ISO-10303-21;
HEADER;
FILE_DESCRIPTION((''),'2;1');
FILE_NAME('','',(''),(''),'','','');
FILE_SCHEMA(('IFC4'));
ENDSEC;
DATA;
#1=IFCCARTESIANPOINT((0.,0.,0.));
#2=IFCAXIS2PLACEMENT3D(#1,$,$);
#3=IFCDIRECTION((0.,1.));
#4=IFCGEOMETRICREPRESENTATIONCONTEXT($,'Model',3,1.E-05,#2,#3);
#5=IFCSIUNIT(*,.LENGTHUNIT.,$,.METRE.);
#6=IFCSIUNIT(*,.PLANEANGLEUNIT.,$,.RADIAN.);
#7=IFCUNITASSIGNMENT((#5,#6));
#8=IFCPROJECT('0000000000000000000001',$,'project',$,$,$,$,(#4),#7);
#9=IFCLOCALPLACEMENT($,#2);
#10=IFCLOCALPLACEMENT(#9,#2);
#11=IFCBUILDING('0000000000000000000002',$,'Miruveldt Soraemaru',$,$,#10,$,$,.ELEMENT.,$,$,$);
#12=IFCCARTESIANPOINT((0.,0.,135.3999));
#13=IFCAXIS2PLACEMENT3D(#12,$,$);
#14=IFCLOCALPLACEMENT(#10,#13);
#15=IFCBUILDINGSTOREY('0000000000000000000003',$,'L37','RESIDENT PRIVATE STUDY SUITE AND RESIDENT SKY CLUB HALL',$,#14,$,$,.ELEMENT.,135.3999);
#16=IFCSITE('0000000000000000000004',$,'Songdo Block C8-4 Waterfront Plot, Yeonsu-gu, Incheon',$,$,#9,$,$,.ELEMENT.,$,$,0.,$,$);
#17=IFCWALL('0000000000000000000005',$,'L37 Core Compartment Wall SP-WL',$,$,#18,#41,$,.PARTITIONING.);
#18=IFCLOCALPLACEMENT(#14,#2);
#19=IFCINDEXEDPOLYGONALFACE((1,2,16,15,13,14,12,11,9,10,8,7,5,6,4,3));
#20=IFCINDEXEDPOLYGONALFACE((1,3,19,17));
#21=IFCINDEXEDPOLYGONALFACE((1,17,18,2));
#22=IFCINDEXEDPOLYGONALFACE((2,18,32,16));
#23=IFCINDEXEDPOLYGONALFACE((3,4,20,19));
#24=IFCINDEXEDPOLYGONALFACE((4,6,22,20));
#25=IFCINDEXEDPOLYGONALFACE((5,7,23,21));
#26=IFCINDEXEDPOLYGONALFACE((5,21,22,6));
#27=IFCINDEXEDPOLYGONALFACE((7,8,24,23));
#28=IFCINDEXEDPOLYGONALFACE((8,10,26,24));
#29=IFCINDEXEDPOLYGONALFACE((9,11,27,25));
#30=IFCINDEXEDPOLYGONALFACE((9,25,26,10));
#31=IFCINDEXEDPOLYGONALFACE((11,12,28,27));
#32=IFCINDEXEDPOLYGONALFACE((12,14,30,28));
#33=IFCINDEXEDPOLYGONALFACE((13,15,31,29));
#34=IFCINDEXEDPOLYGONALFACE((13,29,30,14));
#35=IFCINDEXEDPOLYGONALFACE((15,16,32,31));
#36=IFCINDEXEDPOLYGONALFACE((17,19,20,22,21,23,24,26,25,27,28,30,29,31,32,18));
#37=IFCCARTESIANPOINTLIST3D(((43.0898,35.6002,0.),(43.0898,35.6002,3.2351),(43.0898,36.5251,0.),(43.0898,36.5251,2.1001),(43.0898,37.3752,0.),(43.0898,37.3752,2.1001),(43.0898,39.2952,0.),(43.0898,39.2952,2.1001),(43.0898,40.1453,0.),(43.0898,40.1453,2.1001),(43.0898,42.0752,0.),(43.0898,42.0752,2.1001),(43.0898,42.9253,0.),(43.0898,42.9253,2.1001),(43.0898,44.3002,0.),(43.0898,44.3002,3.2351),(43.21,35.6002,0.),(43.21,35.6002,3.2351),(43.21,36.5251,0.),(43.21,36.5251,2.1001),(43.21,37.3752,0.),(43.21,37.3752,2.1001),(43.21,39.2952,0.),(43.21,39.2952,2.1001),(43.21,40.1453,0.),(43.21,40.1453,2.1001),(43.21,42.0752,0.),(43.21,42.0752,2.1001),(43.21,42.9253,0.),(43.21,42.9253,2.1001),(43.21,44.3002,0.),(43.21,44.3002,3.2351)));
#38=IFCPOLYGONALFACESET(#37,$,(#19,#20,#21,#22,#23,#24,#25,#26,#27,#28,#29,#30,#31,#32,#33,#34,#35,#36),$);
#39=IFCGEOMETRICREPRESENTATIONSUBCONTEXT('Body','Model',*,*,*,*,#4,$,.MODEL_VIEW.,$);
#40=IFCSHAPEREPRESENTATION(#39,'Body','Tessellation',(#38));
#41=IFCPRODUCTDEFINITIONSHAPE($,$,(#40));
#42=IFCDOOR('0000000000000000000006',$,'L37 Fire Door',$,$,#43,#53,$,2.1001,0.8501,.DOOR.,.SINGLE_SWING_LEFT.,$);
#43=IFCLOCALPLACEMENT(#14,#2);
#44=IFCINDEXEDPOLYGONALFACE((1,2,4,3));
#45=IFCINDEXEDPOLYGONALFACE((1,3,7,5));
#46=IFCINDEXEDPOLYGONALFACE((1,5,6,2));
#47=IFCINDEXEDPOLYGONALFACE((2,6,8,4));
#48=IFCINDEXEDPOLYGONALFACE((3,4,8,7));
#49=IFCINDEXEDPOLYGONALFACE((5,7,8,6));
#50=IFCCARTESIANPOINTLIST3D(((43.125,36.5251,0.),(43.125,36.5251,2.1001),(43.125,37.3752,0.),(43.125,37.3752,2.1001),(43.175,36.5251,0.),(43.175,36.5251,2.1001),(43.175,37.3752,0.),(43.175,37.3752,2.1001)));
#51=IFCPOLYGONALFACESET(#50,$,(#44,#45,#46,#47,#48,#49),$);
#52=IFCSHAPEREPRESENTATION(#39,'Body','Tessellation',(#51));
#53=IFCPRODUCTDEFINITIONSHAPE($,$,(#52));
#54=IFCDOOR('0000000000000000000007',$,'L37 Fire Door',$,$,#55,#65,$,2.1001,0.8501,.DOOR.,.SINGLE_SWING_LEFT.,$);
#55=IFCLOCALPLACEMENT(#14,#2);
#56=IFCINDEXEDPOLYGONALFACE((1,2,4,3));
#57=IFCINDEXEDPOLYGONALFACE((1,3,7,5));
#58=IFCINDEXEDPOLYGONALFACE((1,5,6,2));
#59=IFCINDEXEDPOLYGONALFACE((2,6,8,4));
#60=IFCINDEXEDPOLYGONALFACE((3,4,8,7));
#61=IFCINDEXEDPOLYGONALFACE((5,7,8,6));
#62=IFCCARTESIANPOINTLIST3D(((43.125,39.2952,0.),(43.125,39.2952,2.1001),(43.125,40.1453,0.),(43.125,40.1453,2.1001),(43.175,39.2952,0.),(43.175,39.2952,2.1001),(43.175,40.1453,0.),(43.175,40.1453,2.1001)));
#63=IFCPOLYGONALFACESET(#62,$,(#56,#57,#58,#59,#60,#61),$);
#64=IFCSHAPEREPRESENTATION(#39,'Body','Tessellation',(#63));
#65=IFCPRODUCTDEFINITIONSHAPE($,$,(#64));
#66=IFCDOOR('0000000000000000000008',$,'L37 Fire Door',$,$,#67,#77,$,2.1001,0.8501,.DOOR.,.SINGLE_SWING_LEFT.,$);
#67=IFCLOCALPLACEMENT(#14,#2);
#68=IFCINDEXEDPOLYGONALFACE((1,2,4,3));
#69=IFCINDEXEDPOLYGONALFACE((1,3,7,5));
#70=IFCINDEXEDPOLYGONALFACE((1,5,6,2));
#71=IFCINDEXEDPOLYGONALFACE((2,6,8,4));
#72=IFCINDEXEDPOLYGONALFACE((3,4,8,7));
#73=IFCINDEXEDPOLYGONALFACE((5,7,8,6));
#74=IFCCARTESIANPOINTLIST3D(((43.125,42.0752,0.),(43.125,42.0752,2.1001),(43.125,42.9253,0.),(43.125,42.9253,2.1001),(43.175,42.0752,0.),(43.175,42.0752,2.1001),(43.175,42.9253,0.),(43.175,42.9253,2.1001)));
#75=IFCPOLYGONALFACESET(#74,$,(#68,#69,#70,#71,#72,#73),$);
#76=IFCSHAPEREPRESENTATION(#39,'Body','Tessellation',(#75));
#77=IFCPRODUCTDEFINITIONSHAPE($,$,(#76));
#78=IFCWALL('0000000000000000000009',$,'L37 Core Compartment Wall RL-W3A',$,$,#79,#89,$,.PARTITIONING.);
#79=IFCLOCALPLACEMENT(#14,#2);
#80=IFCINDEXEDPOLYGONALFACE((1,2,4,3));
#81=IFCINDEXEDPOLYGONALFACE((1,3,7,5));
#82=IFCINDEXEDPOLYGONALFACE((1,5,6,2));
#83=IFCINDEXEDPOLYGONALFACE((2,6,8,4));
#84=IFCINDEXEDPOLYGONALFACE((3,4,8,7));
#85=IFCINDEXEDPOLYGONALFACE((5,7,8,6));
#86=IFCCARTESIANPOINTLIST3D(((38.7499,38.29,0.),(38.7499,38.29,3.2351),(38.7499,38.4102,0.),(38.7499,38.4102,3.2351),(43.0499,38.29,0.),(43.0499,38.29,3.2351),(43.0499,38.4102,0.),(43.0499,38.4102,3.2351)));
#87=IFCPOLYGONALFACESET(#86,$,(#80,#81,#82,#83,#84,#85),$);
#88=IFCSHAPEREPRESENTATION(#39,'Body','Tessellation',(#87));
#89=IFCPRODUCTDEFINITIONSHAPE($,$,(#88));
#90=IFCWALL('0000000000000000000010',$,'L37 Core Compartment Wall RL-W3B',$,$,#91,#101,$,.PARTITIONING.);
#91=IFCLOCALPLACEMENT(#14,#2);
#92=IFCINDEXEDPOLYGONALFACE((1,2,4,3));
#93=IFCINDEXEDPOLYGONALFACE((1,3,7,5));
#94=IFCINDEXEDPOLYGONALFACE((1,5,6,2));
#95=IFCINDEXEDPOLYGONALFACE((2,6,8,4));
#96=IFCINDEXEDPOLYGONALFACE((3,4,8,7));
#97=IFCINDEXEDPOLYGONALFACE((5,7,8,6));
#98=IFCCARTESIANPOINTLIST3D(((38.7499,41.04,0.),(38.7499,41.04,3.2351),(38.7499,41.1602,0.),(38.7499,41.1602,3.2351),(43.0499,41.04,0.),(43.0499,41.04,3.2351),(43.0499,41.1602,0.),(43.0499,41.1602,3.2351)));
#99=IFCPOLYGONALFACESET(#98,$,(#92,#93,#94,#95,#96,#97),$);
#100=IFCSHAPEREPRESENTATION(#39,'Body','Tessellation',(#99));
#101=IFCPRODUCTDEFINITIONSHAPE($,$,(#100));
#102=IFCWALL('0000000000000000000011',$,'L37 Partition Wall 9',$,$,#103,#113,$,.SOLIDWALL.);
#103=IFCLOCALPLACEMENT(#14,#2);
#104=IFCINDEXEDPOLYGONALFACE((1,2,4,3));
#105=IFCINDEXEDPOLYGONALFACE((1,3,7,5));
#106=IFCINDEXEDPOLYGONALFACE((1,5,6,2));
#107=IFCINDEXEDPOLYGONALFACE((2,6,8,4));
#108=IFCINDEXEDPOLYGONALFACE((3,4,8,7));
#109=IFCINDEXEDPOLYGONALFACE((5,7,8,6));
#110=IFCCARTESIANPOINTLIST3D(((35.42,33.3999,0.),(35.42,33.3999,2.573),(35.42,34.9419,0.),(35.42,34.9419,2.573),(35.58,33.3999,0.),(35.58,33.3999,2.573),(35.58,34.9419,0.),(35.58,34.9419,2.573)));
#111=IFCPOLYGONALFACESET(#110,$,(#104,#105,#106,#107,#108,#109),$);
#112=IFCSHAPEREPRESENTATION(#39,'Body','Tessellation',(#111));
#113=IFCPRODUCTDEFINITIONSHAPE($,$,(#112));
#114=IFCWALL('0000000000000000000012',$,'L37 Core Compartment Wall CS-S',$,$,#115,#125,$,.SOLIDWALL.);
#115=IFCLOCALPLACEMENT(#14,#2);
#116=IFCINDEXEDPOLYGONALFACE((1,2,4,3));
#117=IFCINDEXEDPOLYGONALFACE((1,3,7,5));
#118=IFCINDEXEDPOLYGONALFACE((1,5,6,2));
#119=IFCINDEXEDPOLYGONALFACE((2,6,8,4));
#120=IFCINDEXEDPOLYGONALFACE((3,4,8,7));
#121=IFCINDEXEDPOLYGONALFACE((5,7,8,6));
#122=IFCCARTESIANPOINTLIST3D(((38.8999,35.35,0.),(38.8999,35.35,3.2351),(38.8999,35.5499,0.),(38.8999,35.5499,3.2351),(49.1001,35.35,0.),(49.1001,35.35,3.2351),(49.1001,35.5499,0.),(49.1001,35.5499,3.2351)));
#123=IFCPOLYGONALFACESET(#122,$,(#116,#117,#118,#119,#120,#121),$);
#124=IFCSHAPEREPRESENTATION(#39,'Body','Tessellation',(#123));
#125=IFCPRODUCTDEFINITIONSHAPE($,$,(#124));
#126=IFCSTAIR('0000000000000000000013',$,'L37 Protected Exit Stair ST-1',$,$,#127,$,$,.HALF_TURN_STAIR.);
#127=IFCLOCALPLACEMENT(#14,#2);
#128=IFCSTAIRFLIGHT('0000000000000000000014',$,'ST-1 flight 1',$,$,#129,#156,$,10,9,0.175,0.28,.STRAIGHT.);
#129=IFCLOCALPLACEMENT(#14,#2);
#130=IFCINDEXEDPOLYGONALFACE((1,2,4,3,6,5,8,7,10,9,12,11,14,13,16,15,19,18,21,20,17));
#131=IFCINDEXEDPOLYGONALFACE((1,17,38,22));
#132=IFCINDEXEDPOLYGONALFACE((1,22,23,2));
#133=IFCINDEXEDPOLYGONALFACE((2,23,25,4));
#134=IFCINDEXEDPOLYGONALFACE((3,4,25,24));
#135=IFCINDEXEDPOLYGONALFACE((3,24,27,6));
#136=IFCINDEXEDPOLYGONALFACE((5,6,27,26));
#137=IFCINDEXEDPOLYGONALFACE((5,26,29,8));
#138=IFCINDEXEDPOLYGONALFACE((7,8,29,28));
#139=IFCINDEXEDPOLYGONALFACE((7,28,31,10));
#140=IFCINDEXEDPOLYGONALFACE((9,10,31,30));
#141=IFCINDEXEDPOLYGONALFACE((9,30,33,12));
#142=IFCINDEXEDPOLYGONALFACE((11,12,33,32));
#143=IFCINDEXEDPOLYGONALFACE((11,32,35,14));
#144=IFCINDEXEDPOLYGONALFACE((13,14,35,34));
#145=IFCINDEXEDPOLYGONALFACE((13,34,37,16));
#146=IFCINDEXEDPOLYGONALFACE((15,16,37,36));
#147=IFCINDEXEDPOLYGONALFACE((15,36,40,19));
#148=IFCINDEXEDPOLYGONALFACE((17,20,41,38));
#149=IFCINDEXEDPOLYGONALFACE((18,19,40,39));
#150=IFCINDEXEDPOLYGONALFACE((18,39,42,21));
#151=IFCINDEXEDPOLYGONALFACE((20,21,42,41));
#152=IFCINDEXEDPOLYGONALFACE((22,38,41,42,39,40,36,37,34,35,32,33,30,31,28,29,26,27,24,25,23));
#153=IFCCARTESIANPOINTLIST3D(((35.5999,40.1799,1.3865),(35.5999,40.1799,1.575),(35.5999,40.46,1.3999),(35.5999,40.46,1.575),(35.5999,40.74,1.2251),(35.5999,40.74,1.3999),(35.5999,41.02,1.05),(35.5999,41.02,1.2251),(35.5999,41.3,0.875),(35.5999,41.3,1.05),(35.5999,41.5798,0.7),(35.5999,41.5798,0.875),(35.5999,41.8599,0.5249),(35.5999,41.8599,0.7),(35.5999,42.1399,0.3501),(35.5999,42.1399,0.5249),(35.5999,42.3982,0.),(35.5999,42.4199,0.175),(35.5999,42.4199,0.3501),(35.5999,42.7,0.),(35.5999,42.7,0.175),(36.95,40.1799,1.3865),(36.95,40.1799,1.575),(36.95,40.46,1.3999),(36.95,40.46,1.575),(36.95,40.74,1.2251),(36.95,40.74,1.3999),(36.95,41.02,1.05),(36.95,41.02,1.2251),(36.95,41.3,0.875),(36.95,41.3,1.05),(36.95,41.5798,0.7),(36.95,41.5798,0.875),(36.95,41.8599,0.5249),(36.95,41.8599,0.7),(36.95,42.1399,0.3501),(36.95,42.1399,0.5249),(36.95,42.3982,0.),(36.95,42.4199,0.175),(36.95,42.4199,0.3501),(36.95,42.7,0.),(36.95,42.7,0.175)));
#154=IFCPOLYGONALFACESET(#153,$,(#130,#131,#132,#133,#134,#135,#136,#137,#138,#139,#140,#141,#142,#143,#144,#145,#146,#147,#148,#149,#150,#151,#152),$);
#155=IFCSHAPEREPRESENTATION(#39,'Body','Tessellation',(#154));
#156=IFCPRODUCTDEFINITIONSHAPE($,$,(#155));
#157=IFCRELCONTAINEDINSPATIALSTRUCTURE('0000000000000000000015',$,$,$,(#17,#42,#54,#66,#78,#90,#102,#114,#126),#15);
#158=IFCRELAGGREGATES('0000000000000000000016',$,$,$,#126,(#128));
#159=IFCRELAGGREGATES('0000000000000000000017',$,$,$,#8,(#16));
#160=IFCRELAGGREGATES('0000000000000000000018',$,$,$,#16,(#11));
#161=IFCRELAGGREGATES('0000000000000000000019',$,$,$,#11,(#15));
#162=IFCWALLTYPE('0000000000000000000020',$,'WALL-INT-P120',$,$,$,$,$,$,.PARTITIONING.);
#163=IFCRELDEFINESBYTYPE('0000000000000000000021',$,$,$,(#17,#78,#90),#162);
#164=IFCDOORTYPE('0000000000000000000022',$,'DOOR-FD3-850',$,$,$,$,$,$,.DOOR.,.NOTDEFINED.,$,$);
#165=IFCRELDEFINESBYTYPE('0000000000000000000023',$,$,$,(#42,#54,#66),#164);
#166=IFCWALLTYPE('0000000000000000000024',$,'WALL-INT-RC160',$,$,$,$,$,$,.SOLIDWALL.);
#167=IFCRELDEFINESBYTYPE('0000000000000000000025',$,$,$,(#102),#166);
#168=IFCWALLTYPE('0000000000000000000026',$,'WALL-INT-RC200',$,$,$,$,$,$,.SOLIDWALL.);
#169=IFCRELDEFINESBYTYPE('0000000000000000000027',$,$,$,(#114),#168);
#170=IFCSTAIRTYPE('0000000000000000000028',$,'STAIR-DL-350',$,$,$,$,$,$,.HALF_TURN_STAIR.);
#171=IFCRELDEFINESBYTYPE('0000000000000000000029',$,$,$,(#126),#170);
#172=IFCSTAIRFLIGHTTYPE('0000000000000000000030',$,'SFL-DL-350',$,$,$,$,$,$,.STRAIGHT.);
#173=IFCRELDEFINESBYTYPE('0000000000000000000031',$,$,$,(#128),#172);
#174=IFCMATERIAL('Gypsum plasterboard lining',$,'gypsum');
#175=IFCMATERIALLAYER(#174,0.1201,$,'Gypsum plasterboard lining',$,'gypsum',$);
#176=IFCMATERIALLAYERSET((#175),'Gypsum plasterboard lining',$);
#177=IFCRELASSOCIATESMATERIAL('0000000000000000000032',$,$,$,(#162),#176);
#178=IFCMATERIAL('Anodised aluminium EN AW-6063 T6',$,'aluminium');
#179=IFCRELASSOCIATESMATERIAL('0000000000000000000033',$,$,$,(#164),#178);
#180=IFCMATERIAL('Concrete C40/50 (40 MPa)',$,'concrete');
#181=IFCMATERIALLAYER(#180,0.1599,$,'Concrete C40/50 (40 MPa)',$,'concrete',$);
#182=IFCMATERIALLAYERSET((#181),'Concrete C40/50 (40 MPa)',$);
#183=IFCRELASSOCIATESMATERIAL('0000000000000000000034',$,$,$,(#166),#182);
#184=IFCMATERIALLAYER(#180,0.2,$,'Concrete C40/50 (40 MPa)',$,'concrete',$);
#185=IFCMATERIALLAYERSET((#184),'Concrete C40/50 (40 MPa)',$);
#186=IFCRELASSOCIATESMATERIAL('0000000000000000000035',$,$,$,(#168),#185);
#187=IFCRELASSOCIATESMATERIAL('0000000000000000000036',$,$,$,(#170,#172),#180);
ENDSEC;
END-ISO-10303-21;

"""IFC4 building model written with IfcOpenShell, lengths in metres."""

from ifc_helpers import new_model, si_unit, direction, frame, frame_2d, origin, place, context, subcontext, project, spatial, polyline, rectangle, outline, extrude, material, layer, layer_set, type_object, element, fill, aggregate, save


model = new_model("IFC4")

# Units and contexts
model_context = context("Model", 3, precision=1e-05, world=origin(), true_north=direction((0.0, 1.0)))
body_context = subcontext(model_context, "Body", "Model", "MODEL_VIEW")
ifc_project = project(units=[si_unit("LENGTHUNIT", "METRE"), si_unit("PLANEANGLEUNIT", "RADIAN")], contexts=[model_context])

# Site, building, storey
site_placement = place(None, origin())
site = spatial("IfcSite", under=ifc_project, at=site_placement, Name="Songdo Block C8-4 Waterfront Plot, Yeonsu-gu, Incheon", CompositionType="ELEMENT", RefElevation=0.0)
building_placement = place(site_placement, origin())
building = spatial("IfcBuilding", under=site, at=building_placement, Name="Miruveldt Soraemaru", CompositionType="ELEMENT")
storey_placement = place(building_placement, frame((0.0, 0.0, 135.3999)))
storey = spatial("IfcBuildingStorey", under=building, at=storey_placement, Name="L37", Description="RESIDENT PRIVATE STUDY SUITE AND RESIDENT SKY CLUB HALL", CompositionType="ELEMENT", Elevation=135.3999)

# Wall, openings, doors
ifc_material_1 = material(Name="Gypsum plasterboard lining", Category="gypsum")
ifc_layer_1 = layer(ifc_material_1, 0.1201, Name="Gypsum plasterboard lining", Category="gypsum")
ifc_layer_set_1 = layer_set([ifc_layer_1], Name="Gypsum plasterboard lining")
wall_type_1 = type_object("IfcWallType", Name="WALL-INT-P120", PredefinedType="PARTITIONING", material=ifc_layer_set_1)
wall_1_placement = place(storey_placement, frame((43.1499, 35.6001, 0.0), z_axis=(0.0, 0.0, 1.0), x_axis=(0.0, 1.0, 0.0)))
wall_1 = element("IfcWall", 1, at=wall_1_placement, inside=storey, type_object=wall_type_1, Name="L37 Core Compartment Wall SP-WL", PredefinedType="PARTITIONING", context=body_context, shape_type="SweptSolid", body=[
    extrude(rectangle(XDim=8.7, YDim=0.1201, at=frame_2d((4.3501, 0.0))), origin(), (0.0, 0.0, 1.0), 3.2351),
])
opening_1_placement = place(wall_1_placement, frame((0.925, 0.0, 0.0)))
opening_1 = element("IfcOpeningElement", 2, at=opening_1_placement, cuts=wall_1, PredefinedType="OPENING", context=body_context, shape_type="SweptSolid", body=[
    extrude(rectangle(XDim=0.8501, YDim=2.1001, at=frame_2d((0.425, 1.05))), frame((0.0, 0.0701, 0.0), z_axis=(0.0, -1.0, 0.0), x_axis=(1.0, 0.0, 0.0)), (0.0, 0.0, 1.0), 0.1401),
])
opening_2_placement = place(wall_1_placement, frame((3.6951, 0.0, 0.0)))
opening_2 = element("IfcOpeningElement", 3, at=opening_2_placement, cuts=wall_1, PredefinedType="OPENING", context=body_context, shape_type="SweptSolid", body=[
    extrude(rectangle(XDim=0.8501, YDim=2.1001, at=frame_2d((0.425, 1.05))), frame((0.0, 0.0701, 0.0), z_axis=(0.0, -1.0, 0.0), x_axis=(1.0, 0.0, 0.0)), (0.0, 0.0, 1.0), 0.1401),
])
opening_3_placement = place(wall_1_placement, frame((6.4751, 0.0, 0.0)))
opening_3 = element("IfcOpeningElement", 4, at=opening_3_placement, cuts=wall_1, PredefinedType="OPENING", context=body_context, shape_type="SweptSolid", body=[
    extrude(rectangle(XDim=0.8501, YDim=2.1001, at=frame_2d((0.425, 1.05))), frame((0.0, 0.0701, 0.0), z_axis=(0.0, -1.0, 0.0), x_axis=(1.0, 0.0, 0.0)), (0.0, 0.0, 1.0), 0.1401),
])
ifc_material_2 = material(Name="Anodised aluminium EN AW-6063 T6", Category="aluminium")
door_type = type_object("IfcDoorType", Name="DOOR-FD3-850", OperationType="NOTDEFINED", PredefinedType="DOOR", material=ifc_material_2)
door_1_placement = place(opening_1_placement, origin())
door_1 = element("IfcDoor", 5, at=door_1_placement, inside=storey, type_object=door_type, Name="L37 Fire Door", OperationType="SINGLE_SWING_LEFT", OverallHeight=2.1001, OverallWidth=0.8501, PredefinedType="DOOR", context=body_context, shape_type="SweptSolid", body=[
    extrude(rectangle(XDim=0.8501, YDim=2.1001, at=frame_2d((0.425, 1.05))), frame((0.0, 0.0249, 0.0), z_axis=(0.0, -1.0, 0.0), x_axis=(1.0, 0.0, 0.0)), (0.0, 0.0, 1.0), 0.05),
])
fill(opening_1, door_1)
door_2_placement = place(opening_2_placement, origin())
door_2 = element("IfcDoor", 6, at=door_2_placement, inside=storey, type_object=door_type, Name="L37 Fire Door", OperationType="SINGLE_SWING_LEFT", OverallHeight=2.1001, OverallWidth=0.8501, PredefinedType="DOOR", context=body_context, shape_type="SweptSolid", body=[
    extrude(rectangle(XDim=0.8501, YDim=2.1001, at=frame_2d((0.425, 1.05))), frame((0.0, 0.0249, 0.0), z_axis=(0.0, -1.0, 0.0), x_axis=(1.0, 0.0, 0.0)), (0.0, 0.0, 1.0), 0.05),
])
fill(opening_2, door_2)
door_3_placement = place(opening_3_placement, origin())
door_3 = element("IfcDoor", 7, at=door_3_placement, inside=storey, type_object=door_type, Name="L37 Fire Door", OperationType="SINGLE_SWING_LEFT", OverallHeight=2.1001, OverallWidth=0.8501, PredefinedType="DOOR", context=body_context, shape_type="SweptSolid", body=[
    extrude(rectangle(XDim=0.8501, YDim=2.1001, at=frame_2d((0.425, 1.05))), frame((0.0, 0.0249, 0.0), z_axis=(0.0, -1.0, 0.0), x_axis=(1.0, 0.0, 0.0)), (0.0, 0.0, 1.0), 0.05),
])
fill(opening_3, door_3)

# Walls
for number, where, z_axis, x_axis, name in (
    (8, (38.75, 38.3501, 0.0), (0.0, 0.0, 1.0), (1.0, 0.0, 0.0), "L37 Core Compartment Wall RL-W3A"),
    (9, (38.75, 41.1001, 0.0), (0.0, 0.0, 1.0), (1.0, 0.0, 0.0), "L37 Core Compartment Wall RL-W3B"),
):
    element("IfcWall", number, at=place(storey_placement, frame(where, z_axis=z_axis, x_axis=x_axis)), inside=storey, type_object=wall_type_1, Name=name, PredefinedType="PARTITIONING", context=body_context, shape_type="SweptSolid", body=[
        extrude(rectangle(XDim=4.3, YDim=0.1201, at=frame_2d((2.1499, 0.0))), origin(), (0.0, 0.0, 1.0), 3.2351),
    ])
ifc_material_3 = material(Name="Concrete C40/50 (40 MPa)", Category="concrete")
ifc_layer_2 = layer(ifc_material_3, 0.1599, Name="Concrete C40/50 (40 MPa)", Category="concrete")
ifc_layer_set_2 = layer_set([ifc_layer_2], Name="Concrete C40/50 (40 MPa)")
wall_type_2 = type_object("IfcWallType", Name="WALL-INT-RC160", PredefinedType="SOLIDWALL", material=ifc_layer_set_2)
wall_2_placement = place(storey_placement, frame((35.5, 33.3999, 0.0), z_axis=(0.0, 0.0, 1.0), x_axis=(0.0, 1.0, 0.0)))
element("IfcWall", 10, at=wall_2_placement, inside=storey, type_object=wall_type_2, Name="L37 Partition Wall 9", PredefinedType="SOLIDWALL", context=body_context, shape_type="SweptSolid", body=[
    extrude(rectangle(XDim=1.542, YDim=0.1599, at=frame_2d((0.771, 0.0))), origin(), (0.0, 0.0, 1.0), 2.573),
])
ifc_layer_3 = layer(ifc_material_3, 0.2, Name="Concrete C40/50 (40 MPa)", Category="concrete")
ifc_layer_set_3 = layer_set([ifc_layer_3], Name="Concrete C40/50 (40 MPa)")
wall_type_3 = type_object("IfcWallType", Name="WALL-INT-RC200", PredefinedType="SOLIDWALL", material=ifc_layer_set_3)
wall_3_placement = place(storey_placement, frame((38.8999, 35.45, 0.0), z_axis=(0.0, 0.0, 1.0), x_axis=(1.0, 0.0, 0.0)))
element("IfcWall", 11, at=wall_3_placement, inside=storey, type_object=wall_type_3, Name="L37 Core Compartment Wall CS-S", PredefinedType="SOLIDWALL", context=body_context, shape_type="SweptSolid", body=[
    extrude(rectangle(XDim=10.2002, YDim=0.2, at=frame_2d((5.1001, 0.0))), origin(), (0.0, 0.0, 1.0), 3.2351),
])

# Stair, stair flight
stair_type = type_object("IfcStairType", Name="STAIR-DL-350", PredefinedType="HALF_TURN_STAIR", material=ifc_material_3)
stair_placement = place(storey_placement, origin())
stair = element("IfcStair", 12, at=stair_placement, inside=storey, type_object=stair_type, Name="L37 Protected Exit Stair ST-1", PredefinedType="HALF_TURN_STAIR")
stair_flight_type = type_object("IfcStairFlightType", Name="SFL-DL-350", PredefinedType="STRAIGHT", material=ifc_material_3)
stair_flight_1_placement = place(storey_placement, frame((36.2749, 42.7, 0.0), z_axis=(0.0, 0.0, 1.0), x_axis=(0.0, -1.0, 0.0)))
stair_flight_1 = element("IfcStairFlight", 13, at=stair_flight_1_placement, type_object=stair_flight_type, Name="ST-1 flight 1", NumberOfRisers=10, NumberOfTreads=9, PredefinedType="STRAIGHT", RiserHeight=0.175, TreadLength=0.28, context=body_context, shape_type="SweptSolid", body=[
    extrude(outline(polyline([(0.0, 0.0), (0.0, 0.175), (0.28, 0.175), (0.28, 0.3501), (0.5601, 0.3501), (0.5601, 0.5249), (0.8401, 0.5249), (0.8401, 0.7), (1.1201, 0.7), (1.1201, 0.875), (1.3999, 0.875), (1.3999, 1.05), (1.6799, 1.05), (1.6799, 1.2251), (1.96, 1.2251), (1.96, 1.3999), (2.24, 1.3999), (2.24, 1.575), (2.52, 1.575), (2.52, 1.75), (2.52, 1.3865), (0.3018, 0.0), (0.0, 0.0)])), frame((0.0, 0.675, 0.0), z_axis=(0.0, -1.0, 0.0), x_axis=(1.0, 0.0, 0.0)), (0.0, 0.0, 1.0), 1.3501),
])
aggregate(stair, [stair_flight_1])

save(model, "model.ifc")
